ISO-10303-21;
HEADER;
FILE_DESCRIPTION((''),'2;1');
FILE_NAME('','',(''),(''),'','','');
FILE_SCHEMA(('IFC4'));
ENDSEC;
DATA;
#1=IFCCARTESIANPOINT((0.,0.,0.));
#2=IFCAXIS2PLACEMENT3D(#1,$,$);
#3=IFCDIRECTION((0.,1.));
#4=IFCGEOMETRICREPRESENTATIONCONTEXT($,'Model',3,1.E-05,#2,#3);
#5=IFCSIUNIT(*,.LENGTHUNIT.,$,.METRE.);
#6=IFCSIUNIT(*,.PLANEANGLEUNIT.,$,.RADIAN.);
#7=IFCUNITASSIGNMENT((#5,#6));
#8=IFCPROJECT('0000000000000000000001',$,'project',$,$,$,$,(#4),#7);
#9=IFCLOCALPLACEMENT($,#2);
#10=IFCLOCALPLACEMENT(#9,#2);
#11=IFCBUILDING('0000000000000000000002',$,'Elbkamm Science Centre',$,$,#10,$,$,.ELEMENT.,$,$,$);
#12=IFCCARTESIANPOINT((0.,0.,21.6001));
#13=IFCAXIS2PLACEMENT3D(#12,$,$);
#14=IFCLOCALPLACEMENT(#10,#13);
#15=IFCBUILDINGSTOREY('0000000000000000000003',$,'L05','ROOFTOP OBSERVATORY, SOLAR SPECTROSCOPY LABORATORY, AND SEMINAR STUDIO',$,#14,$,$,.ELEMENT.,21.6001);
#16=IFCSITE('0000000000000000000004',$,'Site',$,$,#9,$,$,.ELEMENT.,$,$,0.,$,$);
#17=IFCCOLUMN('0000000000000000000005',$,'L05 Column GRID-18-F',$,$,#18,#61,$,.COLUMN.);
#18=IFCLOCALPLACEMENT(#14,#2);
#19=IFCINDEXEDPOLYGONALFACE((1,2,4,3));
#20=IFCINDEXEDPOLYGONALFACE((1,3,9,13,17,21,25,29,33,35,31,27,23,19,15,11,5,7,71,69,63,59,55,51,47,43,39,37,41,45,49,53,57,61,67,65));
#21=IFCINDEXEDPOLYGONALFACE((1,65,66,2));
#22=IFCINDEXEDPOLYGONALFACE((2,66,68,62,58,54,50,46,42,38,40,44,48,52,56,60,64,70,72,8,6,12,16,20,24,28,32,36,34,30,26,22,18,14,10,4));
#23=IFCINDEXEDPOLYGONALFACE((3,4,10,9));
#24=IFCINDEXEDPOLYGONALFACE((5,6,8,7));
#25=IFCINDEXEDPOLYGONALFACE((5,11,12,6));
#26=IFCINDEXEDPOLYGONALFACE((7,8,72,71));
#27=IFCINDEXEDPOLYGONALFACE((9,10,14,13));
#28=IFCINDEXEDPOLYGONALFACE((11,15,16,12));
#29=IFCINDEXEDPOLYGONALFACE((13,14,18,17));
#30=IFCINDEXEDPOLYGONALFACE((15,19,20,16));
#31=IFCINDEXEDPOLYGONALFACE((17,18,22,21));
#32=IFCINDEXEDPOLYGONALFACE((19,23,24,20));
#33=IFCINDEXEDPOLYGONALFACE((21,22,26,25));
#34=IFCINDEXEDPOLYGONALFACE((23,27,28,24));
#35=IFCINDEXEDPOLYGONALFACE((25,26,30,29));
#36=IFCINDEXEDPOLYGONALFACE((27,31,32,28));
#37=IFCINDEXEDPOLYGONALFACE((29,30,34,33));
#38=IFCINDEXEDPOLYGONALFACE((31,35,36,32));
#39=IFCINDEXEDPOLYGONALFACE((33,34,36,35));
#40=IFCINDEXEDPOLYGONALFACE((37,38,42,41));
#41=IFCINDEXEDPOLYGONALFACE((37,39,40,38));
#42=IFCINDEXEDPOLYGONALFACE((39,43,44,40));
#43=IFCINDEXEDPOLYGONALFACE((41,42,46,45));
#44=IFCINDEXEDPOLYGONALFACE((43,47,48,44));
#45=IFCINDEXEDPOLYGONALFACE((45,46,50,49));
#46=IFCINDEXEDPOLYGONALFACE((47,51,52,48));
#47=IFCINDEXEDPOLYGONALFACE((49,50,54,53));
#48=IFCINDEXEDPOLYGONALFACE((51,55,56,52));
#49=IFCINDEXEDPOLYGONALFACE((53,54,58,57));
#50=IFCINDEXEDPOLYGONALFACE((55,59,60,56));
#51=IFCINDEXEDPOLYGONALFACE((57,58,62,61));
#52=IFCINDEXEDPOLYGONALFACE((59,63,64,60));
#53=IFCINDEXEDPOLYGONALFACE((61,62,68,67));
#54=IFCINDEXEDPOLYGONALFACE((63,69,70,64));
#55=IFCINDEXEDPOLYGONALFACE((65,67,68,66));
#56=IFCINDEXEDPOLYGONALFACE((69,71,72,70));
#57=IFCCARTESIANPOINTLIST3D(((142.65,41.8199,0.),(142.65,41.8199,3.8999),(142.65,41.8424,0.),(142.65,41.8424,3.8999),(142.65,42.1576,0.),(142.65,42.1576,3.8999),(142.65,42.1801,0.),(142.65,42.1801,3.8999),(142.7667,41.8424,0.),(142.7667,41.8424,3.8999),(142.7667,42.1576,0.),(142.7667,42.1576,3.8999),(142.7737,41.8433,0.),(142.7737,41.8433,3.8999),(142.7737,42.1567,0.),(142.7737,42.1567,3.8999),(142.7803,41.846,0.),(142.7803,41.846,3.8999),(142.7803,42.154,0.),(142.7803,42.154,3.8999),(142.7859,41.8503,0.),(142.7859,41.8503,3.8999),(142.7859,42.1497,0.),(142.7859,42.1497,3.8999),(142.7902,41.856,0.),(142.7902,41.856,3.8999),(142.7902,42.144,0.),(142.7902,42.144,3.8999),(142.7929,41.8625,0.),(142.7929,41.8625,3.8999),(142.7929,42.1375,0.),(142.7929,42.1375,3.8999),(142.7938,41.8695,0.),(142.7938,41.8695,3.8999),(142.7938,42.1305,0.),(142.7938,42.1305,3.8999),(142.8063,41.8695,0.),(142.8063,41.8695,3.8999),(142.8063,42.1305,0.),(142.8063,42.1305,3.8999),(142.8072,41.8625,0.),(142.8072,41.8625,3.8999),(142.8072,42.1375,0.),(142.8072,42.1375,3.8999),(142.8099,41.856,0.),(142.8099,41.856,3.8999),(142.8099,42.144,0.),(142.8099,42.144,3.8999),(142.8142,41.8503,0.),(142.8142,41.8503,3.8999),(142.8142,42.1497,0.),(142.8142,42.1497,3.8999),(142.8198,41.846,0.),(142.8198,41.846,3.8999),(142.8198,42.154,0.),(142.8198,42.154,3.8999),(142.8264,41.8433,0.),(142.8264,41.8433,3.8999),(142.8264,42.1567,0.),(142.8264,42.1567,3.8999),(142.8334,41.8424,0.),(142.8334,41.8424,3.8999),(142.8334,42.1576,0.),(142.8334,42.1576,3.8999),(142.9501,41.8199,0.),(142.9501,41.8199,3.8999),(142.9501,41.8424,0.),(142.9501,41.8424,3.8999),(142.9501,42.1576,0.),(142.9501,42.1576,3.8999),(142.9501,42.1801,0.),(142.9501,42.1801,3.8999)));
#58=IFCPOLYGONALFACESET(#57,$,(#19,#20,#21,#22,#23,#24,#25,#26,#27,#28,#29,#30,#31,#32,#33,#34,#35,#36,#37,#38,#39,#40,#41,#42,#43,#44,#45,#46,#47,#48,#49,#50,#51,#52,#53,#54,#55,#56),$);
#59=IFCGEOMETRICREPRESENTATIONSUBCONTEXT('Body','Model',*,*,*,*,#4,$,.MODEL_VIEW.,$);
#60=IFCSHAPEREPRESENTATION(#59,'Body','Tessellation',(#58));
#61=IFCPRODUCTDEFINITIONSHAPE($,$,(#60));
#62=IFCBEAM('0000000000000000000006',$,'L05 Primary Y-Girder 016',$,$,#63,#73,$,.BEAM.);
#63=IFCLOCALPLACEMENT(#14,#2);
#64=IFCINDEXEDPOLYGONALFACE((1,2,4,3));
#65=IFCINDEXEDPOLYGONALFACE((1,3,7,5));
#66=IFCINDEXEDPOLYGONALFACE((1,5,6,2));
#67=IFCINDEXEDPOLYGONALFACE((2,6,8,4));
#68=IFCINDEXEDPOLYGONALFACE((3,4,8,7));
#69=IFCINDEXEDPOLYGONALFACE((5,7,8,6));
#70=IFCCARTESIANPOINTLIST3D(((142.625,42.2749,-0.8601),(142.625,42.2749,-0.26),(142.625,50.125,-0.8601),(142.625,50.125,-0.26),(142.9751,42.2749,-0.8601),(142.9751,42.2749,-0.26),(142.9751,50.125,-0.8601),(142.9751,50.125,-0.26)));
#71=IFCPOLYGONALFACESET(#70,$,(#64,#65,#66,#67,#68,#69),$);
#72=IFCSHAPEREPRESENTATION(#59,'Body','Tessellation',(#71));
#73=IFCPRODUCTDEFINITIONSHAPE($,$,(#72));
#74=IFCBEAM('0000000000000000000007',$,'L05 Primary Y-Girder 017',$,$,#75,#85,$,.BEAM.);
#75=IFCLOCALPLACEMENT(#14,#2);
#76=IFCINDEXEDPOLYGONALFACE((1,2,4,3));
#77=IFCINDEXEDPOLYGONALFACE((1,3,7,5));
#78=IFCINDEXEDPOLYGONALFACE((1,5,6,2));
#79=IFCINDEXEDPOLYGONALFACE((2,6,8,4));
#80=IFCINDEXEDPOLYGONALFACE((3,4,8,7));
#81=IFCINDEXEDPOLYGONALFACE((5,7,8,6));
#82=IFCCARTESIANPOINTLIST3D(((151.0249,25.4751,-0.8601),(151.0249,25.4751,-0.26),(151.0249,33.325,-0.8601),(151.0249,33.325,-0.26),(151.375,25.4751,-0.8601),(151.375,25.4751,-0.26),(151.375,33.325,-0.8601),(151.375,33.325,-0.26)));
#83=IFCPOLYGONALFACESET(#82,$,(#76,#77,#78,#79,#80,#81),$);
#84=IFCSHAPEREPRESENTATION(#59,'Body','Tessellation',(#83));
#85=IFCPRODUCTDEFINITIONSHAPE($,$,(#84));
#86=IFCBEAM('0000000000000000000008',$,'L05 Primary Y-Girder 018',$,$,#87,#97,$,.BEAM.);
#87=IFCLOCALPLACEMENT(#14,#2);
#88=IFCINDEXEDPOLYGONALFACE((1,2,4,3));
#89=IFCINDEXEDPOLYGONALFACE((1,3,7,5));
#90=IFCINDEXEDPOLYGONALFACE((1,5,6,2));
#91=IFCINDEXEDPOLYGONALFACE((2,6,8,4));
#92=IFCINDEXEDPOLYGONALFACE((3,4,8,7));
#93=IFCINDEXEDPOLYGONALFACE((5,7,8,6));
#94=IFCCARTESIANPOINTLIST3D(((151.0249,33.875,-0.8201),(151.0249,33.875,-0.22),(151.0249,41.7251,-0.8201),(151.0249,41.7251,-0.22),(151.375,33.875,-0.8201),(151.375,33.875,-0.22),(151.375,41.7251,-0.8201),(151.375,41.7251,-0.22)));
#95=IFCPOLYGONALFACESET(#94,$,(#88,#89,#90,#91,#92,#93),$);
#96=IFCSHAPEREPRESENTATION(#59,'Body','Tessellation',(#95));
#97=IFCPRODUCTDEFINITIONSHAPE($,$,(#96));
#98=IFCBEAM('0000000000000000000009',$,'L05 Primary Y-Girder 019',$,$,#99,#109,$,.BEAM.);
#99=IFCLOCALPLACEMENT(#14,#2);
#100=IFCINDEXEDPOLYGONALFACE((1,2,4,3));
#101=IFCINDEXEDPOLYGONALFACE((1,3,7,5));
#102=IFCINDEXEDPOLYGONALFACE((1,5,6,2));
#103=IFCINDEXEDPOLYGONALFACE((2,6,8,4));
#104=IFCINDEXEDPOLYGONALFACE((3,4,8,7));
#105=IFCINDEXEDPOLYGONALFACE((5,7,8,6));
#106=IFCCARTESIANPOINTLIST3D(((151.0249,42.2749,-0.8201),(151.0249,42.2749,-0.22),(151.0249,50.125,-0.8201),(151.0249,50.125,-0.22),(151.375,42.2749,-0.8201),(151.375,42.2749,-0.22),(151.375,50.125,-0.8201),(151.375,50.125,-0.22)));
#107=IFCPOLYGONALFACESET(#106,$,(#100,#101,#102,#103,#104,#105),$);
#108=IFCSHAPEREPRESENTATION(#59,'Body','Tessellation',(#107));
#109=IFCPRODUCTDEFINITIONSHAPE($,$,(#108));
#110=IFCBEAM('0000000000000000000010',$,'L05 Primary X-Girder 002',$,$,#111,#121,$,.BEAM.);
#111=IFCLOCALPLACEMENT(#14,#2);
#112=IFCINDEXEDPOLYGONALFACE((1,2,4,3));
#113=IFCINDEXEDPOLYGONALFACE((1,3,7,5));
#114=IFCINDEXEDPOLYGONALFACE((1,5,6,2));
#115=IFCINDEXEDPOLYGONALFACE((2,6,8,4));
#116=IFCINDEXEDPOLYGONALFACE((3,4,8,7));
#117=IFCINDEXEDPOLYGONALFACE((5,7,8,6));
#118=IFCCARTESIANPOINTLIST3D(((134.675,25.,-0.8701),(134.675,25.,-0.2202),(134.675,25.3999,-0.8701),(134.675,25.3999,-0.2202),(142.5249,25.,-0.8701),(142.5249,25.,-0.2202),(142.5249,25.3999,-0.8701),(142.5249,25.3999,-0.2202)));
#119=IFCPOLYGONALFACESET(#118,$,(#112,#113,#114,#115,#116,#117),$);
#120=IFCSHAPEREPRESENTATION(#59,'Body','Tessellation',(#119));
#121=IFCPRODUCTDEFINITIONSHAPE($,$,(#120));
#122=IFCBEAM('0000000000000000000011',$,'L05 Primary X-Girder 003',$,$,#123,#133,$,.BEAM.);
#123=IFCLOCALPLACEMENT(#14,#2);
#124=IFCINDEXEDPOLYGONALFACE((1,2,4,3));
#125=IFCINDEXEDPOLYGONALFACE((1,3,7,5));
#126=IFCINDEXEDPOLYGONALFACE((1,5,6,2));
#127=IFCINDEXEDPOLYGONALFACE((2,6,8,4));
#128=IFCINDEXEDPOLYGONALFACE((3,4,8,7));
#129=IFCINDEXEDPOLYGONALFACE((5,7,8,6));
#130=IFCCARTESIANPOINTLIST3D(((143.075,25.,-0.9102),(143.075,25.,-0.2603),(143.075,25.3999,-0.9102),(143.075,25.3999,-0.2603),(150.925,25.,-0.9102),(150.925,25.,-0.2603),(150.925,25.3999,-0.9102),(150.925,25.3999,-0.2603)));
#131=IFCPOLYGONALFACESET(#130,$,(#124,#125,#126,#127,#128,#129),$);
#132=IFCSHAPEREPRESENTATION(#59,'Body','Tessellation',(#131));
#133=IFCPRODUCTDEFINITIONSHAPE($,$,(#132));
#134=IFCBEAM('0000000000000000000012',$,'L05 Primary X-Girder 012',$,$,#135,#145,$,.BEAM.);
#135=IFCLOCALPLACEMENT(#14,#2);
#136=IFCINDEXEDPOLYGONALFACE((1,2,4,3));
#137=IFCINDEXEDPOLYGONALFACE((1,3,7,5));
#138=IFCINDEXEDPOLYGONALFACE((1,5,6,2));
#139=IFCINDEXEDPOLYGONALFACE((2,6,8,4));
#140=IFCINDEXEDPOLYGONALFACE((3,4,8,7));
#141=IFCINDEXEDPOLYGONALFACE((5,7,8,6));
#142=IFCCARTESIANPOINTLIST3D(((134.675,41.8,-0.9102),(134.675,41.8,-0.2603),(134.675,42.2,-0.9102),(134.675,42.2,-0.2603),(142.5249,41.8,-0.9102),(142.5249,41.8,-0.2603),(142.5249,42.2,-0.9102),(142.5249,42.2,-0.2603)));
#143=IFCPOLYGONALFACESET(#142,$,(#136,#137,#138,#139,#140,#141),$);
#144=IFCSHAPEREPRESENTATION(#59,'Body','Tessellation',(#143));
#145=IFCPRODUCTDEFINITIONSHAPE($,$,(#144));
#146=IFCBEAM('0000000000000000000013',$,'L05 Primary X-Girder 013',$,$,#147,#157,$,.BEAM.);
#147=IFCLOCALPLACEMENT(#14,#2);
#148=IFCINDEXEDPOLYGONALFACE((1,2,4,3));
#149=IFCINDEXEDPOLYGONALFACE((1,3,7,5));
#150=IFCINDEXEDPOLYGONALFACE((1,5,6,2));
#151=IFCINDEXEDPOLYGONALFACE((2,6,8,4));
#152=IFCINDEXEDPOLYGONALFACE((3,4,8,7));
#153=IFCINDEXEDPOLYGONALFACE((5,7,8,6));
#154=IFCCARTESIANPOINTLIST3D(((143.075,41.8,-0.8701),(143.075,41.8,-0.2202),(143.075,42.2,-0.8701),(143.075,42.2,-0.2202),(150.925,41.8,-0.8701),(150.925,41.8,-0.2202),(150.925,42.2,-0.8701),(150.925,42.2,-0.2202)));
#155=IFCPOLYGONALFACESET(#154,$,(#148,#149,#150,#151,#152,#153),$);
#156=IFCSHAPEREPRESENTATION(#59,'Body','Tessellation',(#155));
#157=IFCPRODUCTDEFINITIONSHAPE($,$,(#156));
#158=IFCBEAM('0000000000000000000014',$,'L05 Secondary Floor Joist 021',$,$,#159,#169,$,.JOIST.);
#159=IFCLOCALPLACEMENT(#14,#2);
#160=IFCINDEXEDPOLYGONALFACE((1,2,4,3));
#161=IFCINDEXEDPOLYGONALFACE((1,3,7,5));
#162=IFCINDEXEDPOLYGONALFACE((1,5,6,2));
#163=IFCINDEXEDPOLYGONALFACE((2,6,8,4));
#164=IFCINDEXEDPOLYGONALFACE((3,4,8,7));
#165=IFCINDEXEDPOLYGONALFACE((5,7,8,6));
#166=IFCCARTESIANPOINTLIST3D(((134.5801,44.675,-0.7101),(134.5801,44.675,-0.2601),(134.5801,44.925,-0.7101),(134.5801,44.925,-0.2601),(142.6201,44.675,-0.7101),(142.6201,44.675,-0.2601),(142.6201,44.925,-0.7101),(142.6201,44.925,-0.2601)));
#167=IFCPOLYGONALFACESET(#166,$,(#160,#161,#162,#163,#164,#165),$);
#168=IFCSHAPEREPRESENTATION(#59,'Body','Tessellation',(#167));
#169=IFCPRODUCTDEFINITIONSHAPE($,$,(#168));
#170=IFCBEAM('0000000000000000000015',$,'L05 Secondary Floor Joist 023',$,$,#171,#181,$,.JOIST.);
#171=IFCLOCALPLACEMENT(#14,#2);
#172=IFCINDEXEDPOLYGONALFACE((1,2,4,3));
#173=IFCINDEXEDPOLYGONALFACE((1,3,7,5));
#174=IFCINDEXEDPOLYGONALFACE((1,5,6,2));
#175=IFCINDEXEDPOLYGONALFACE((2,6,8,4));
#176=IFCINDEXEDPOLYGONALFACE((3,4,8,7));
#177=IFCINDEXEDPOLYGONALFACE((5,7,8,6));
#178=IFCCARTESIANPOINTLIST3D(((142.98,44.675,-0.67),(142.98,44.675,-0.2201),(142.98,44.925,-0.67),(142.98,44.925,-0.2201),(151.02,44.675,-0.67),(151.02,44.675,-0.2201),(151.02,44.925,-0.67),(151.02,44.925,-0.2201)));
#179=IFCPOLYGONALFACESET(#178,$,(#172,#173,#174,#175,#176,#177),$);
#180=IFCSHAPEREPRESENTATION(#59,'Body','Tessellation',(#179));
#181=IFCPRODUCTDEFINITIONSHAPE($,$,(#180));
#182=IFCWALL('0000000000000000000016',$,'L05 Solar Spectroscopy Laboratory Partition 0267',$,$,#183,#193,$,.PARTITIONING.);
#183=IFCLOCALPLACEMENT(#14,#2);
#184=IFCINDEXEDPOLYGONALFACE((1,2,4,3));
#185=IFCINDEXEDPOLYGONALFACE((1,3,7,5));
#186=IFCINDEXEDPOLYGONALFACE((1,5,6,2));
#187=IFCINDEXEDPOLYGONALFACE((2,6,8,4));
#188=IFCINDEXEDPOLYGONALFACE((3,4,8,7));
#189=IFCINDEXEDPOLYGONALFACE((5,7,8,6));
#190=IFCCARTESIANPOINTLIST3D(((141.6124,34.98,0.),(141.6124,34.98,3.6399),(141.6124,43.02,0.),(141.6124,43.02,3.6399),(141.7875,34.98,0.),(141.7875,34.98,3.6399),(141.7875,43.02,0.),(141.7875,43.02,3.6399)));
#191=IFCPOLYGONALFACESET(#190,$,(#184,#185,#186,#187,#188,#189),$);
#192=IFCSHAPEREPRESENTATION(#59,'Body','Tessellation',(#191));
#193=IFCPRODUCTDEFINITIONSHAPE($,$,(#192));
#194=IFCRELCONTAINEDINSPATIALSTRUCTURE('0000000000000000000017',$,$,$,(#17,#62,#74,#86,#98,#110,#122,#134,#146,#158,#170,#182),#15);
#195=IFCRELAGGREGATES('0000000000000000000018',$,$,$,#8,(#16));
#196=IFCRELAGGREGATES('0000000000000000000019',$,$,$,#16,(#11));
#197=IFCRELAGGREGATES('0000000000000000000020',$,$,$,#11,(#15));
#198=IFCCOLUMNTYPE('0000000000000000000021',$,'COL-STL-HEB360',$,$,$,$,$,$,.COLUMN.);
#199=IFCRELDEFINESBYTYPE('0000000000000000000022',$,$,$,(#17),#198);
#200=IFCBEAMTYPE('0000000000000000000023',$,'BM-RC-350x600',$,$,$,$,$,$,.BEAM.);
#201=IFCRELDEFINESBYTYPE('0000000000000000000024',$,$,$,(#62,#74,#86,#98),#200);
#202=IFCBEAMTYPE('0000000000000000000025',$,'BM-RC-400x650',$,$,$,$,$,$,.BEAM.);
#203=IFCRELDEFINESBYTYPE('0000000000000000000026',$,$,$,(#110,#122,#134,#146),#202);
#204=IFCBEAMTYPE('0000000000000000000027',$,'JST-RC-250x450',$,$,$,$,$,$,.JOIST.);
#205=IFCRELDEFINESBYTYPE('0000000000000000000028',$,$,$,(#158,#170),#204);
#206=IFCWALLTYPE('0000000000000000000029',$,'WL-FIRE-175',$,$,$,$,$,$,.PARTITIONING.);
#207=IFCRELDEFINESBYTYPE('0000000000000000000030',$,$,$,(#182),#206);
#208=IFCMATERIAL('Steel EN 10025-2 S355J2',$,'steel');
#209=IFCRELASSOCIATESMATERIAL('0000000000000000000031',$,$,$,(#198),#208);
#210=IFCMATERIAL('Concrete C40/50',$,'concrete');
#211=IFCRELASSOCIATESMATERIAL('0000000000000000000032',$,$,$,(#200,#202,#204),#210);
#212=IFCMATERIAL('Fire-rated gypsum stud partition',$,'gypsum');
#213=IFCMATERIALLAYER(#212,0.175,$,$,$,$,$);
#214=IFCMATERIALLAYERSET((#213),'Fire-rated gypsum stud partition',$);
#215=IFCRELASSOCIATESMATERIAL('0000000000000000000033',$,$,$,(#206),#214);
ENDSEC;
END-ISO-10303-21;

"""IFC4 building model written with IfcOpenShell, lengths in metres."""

from ifc_helpers import new_model, si_unit, direction, frame, frame_2d, origin, origin_2d, place, context, subcontext, project, spatial, rectangle, i_section, extrude, material, layer, layer_set, material_profile, profile_set, type_object, element, save


model = new_model("IFC4")

# Units and contexts
model_context = context("Model", 3, precision=1e-05, world=origin(), true_north=direction((0.0, 1.0)))
body_context = subcontext(model_context, "Body", "Model", "MODEL_VIEW")
ifc_project = project(units=[si_unit("LENGTHUNIT", "METRE"), si_unit("PLANEANGLEUNIT", "RADIAN")], contexts=[model_context])

# Site, building, storey
site_placement = place(None, origin())
site = spatial("IfcSite", under=ifc_project, at=site_placement, Name="Site", CompositionType="ELEMENT", RefElevation=0.0)
building_placement = place(site_placement, origin())
building = spatial("IfcBuilding", under=site, at=building_placement, Name="Elbkamm Science Centre", CompositionType="ELEMENT")
storey_placement = place(building_placement, frame((0.0, 0.0, 21.6001)))
storey = spatial("IfcBuildingStorey", under=building, at=storey_placement, Name="L05", Description="ROOFTOP OBSERVATORY, SOLAR SPECTROSCOPY LABORATORY, AND SEMINAR STUDIO", CompositionType="ELEMENT", Elevation=21.6001)

# Column
ifc_material_1 = material(Name="Steel EN 10025-2 S355J2", Category="steel")
ifc_material_profile_1 = material_profile(ifc_material_1, i_section(OverallWidth=0.3, OverallDepth=0.3601, WebThickness=0.0125, FlangeThickness=0.0225, FilletRadius=0.0271, at=origin_2d()), Name="HEB 360")
ifc_profile_set_1 = profile_set([ifc_material_profile_1], Name="Steel EN 10025-2 S355J2")
column_type = type_object("IfcColumnType", Name="COL-STL-HEB360", PredefinedType="COLUMN", material=ifc_profile_set_1)
column_placement = place(storey_placement, frame((142.8, 42.0, 0.0), z_axis=(0.0, 0.0, 1.0), x_axis=(1.0, 0.0, 0.0)))
element("IfcColumn", 1, at=column_placement, inside=storey, type_object=column_type, Name="L05 Column GRID-18-F", PredefinedType="COLUMN", context=body_context, shape_type="SweptSolid", body=[
    extrude(i_section(OverallWidth=0.3, OverallDepth=0.3601, WebThickness=0.0125, FlangeThickness=0.0225, FilletRadius=0.0271, at=origin_2d()), origin(), (0.0, 0.0, 1.0), 3.8999),
])

# Beams
ifc_material_2 = material(Name="Concrete C40/50", Category="concrete")
ifc_material_profile_2 = material_profile(ifc_material_2, rectangle(XDim=0.3501, YDim=0.6001, at=origin_2d()), Name="RC 350x600")
ifc_profile_set_2 = profile_set([ifc_material_profile_2], Name="Concrete C40/50")
beam_type_1 = type_object("IfcBeamType", Name="BM-RC-350x600", PredefinedType="BEAM", material=ifc_profile_set_2)
beam_1_placement = place(storey_placement, frame((142.8, 42.2749, -0.5601), z_axis=(0.0, 1.0, 0.0), x_axis=(-1.0, 0.0, 0.0)))
element("IfcBeam", 2, at=beam_1_placement, inside=storey, type_object=beam_type_1, Name="L05 Primary Y-Girder 016", PredefinedType="BEAM", context=body_context, shape_type="SweptSolid", body=[
    extrude(rectangle(XDim=0.3501, YDim=0.6001, at=origin_2d()), origin(), (0.0, 0.0, 1.0), 7.8501),
])
beam_2_placement = place(storey_placement, frame((151.2, 25.4751, -0.5601), z_axis=(0.0, 1.0, 0.0), x_axis=(-1.0, 0.0, 0.0)))
element("IfcBeam", 3, at=beam_2_placement, inside=storey, type_object=beam_type_1, Name="L05 Primary Y-Girder 017", PredefinedType="BEAM", context=body_context, shape_type="SweptSolid", body=[
    extrude(rectangle(XDim=0.3501, YDim=0.6001, at=origin_2d()), origin(), (0.0, 0.0, 1.0), 7.8499),
])
for number, where, z_axis, x_axis, name in (
    (4, (151.2, 33.875, -0.52), (0.0, 1.0, 0.0), (-1.0, 0.0, 0.0), "L05 Primary Y-Girder 018"),
    (5, (151.2, 42.2749, -0.52), (0.0, 1.0, 0.0), (-1.0, 0.0, 0.0), "L05 Primary Y-Girder 019"),
):
    element("IfcBeam", number, at=place(storey_placement, frame(where, z_axis=z_axis, x_axis=x_axis)), inside=storey, type_object=beam_type_1, Name=name, PredefinedType="BEAM", context=body_context, shape_type="SweptSolid", body=[
        extrude(rectangle(XDim=0.3501, YDim=0.6001, at=origin_2d()), origin(), (0.0, 0.0, 1.0), 7.8501),
    ])
ifc_material_profile_3 = material_profile(ifc_material_2, rectangle(XDim=0.3999, YDim=0.6499, at=origin_2d()), Name="RC 400x650")
ifc_profile_set_3 = profile_set([ifc_material_profile_3], Name="Concrete C40/50")
beam_type_2 = type_object("IfcBeamType", Name="BM-RC-400x650", PredefinedType="BEAM", material=ifc_profile_set_3)
beam_3_placement = place(storey_placement, frame((134.675, 25.2, -0.5452), z_axis=(1.0, 0.0, 0.0), x_axis=(0.0, 1.0, 0.0)))
element("IfcBeam", 6, at=beam_3_placement, inside=storey, type_object=beam_type_2, Name="L05 Primary X-Girder 002", PredefinedType="BEAM", context=body_context, shape_type="SweptSolid", body=[
    extrude(rectangle(XDim=0.3999, YDim=0.6499, at=origin_2d()), origin(), (0.0, 0.0, 1.0), 7.8499),
])
beam_4_placement = place(storey_placement, frame((143.075, 25.2, -0.5852), z_axis=(1.0, 0.0, 0.0), x_axis=(0.0, 1.0, 0.0)))
element("IfcBeam", 7, at=beam_4_placement, inside=storey, type_object=beam_type_2, Name="L05 Primary X-Girder 003", PredefinedType="BEAM", context=body_context, shape_type="SweptSolid", body=[
    extrude(rectangle(XDim=0.3999, YDim=0.6499, at=origin_2d()), origin(), (0.0, 0.0, 1.0), 7.8501),
])
beam_5_placement = place(storey_placement, frame((134.675, 42.0, -0.5852), z_axis=(1.0, 0.0, 0.0), x_axis=(0.0, 1.0, 0.0)))
element("IfcBeam", 8, at=beam_5_placement, inside=storey, type_object=beam_type_2, Name="L05 Primary X-Girder 012", PredefinedType="BEAM", context=body_context, shape_type="SweptSolid", body=[
    extrude(rectangle(XDim=0.3999, YDim=0.6499, at=origin_2d()), origin(), (0.0, 0.0, 1.0), 7.8499),
])
beam_6_placement = place(storey_placement, frame((143.075, 42.0, -0.5452), z_axis=(1.0, 0.0, 0.0), x_axis=(0.0, 1.0, 0.0)))
element("IfcBeam", 9, at=beam_6_placement, inside=storey, type_object=beam_type_2, Name="L05 Primary X-Girder 013", PredefinedType="BEAM", context=body_context, shape_type="SweptSolid", body=[
    extrude(rectangle(XDim=0.3999, YDim=0.6499, at=origin_2d()), origin(), (0.0, 0.0, 1.0), 7.8501),
])
ifc_material_profile_4 = material_profile(ifc_material_2, rectangle(XDim=0.25, YDim=0.45, at=origin_2d()), Name="RC 250x450")
ifc_profile_set_4 = profile_set([ifc_material_profile_4], Name="Concrete C40/50")
beam_type_3 = type_object("IfcBeamType", Name="JST-RC-250x450", PredefinedType="JOIST", material=ifc_profile_set_4)
for number, where, z_axis, x_axis, name in (
    (10, (134.5801, 44.8, -0.4851), (1.0, 0.0, 0.0), (0.0, 1.0, 0.0), "L05 Secondary Floor Joist 021"),
    (11, (142.98, 44.8, -0.4451), (1.0, 0.0, 0.0), (0.0, 1.0, 0.0), "L05 Secondary Floor Joist 023"),
):
    element("IfcBeam", number, at=place(storey_placement, frame(where, z_axis=z_axis, x_axis=x_axis)), inside=storey, type_object=beam_type_3, Name=name, PredefinedType="JOIST", context=body_context, shape_type="SweptSolid", body=[
        extrude(rectangle(XDim=0.25, YDim=0.45, at=origin_2d()), origin(), (0.0, 0.0, 1.0), 8.04),
    ])

# Wall
ifc_material_3 = material(Name="Fire-rated gypsum stud partition", Category="gypsum")
ifc_layer_1 = layer(ifc_material_3, 0.175)
ifc_layer_set_1 = layer_set([ifc_layer_1], Name="Fire-rated gypsum stud partition")
wall_type_1 = type_object("IfcWallType", Name="WL-FIRE-175", PredefinedType="PARTITIONING", material=ifc_layer_set_1)
wall_1_placement = place(storey_placement, frame((141.7, 43.02, 0.0), z_axis=(0.0, 0.0, 1.0), x_axis=(0.0, -1.0, 0.0)))
element("IfcWall", 12, at=wall_1_placement, inside=storey, type_object=wall_type_1, Name="L05 Solar Spectroscopy Laboratory Partition 0267", PredefinedType="PARTITIONING", context=body_context, shape_type="SweptSolid", body=[
    extrude(rectangle(XDim=8.04, YDim=0.175, at=frame_2d((4.02, 0.0))), origin(), (0.0, 0.0, 1.0), 3.6399),
])

save(model, "model.ifc")
